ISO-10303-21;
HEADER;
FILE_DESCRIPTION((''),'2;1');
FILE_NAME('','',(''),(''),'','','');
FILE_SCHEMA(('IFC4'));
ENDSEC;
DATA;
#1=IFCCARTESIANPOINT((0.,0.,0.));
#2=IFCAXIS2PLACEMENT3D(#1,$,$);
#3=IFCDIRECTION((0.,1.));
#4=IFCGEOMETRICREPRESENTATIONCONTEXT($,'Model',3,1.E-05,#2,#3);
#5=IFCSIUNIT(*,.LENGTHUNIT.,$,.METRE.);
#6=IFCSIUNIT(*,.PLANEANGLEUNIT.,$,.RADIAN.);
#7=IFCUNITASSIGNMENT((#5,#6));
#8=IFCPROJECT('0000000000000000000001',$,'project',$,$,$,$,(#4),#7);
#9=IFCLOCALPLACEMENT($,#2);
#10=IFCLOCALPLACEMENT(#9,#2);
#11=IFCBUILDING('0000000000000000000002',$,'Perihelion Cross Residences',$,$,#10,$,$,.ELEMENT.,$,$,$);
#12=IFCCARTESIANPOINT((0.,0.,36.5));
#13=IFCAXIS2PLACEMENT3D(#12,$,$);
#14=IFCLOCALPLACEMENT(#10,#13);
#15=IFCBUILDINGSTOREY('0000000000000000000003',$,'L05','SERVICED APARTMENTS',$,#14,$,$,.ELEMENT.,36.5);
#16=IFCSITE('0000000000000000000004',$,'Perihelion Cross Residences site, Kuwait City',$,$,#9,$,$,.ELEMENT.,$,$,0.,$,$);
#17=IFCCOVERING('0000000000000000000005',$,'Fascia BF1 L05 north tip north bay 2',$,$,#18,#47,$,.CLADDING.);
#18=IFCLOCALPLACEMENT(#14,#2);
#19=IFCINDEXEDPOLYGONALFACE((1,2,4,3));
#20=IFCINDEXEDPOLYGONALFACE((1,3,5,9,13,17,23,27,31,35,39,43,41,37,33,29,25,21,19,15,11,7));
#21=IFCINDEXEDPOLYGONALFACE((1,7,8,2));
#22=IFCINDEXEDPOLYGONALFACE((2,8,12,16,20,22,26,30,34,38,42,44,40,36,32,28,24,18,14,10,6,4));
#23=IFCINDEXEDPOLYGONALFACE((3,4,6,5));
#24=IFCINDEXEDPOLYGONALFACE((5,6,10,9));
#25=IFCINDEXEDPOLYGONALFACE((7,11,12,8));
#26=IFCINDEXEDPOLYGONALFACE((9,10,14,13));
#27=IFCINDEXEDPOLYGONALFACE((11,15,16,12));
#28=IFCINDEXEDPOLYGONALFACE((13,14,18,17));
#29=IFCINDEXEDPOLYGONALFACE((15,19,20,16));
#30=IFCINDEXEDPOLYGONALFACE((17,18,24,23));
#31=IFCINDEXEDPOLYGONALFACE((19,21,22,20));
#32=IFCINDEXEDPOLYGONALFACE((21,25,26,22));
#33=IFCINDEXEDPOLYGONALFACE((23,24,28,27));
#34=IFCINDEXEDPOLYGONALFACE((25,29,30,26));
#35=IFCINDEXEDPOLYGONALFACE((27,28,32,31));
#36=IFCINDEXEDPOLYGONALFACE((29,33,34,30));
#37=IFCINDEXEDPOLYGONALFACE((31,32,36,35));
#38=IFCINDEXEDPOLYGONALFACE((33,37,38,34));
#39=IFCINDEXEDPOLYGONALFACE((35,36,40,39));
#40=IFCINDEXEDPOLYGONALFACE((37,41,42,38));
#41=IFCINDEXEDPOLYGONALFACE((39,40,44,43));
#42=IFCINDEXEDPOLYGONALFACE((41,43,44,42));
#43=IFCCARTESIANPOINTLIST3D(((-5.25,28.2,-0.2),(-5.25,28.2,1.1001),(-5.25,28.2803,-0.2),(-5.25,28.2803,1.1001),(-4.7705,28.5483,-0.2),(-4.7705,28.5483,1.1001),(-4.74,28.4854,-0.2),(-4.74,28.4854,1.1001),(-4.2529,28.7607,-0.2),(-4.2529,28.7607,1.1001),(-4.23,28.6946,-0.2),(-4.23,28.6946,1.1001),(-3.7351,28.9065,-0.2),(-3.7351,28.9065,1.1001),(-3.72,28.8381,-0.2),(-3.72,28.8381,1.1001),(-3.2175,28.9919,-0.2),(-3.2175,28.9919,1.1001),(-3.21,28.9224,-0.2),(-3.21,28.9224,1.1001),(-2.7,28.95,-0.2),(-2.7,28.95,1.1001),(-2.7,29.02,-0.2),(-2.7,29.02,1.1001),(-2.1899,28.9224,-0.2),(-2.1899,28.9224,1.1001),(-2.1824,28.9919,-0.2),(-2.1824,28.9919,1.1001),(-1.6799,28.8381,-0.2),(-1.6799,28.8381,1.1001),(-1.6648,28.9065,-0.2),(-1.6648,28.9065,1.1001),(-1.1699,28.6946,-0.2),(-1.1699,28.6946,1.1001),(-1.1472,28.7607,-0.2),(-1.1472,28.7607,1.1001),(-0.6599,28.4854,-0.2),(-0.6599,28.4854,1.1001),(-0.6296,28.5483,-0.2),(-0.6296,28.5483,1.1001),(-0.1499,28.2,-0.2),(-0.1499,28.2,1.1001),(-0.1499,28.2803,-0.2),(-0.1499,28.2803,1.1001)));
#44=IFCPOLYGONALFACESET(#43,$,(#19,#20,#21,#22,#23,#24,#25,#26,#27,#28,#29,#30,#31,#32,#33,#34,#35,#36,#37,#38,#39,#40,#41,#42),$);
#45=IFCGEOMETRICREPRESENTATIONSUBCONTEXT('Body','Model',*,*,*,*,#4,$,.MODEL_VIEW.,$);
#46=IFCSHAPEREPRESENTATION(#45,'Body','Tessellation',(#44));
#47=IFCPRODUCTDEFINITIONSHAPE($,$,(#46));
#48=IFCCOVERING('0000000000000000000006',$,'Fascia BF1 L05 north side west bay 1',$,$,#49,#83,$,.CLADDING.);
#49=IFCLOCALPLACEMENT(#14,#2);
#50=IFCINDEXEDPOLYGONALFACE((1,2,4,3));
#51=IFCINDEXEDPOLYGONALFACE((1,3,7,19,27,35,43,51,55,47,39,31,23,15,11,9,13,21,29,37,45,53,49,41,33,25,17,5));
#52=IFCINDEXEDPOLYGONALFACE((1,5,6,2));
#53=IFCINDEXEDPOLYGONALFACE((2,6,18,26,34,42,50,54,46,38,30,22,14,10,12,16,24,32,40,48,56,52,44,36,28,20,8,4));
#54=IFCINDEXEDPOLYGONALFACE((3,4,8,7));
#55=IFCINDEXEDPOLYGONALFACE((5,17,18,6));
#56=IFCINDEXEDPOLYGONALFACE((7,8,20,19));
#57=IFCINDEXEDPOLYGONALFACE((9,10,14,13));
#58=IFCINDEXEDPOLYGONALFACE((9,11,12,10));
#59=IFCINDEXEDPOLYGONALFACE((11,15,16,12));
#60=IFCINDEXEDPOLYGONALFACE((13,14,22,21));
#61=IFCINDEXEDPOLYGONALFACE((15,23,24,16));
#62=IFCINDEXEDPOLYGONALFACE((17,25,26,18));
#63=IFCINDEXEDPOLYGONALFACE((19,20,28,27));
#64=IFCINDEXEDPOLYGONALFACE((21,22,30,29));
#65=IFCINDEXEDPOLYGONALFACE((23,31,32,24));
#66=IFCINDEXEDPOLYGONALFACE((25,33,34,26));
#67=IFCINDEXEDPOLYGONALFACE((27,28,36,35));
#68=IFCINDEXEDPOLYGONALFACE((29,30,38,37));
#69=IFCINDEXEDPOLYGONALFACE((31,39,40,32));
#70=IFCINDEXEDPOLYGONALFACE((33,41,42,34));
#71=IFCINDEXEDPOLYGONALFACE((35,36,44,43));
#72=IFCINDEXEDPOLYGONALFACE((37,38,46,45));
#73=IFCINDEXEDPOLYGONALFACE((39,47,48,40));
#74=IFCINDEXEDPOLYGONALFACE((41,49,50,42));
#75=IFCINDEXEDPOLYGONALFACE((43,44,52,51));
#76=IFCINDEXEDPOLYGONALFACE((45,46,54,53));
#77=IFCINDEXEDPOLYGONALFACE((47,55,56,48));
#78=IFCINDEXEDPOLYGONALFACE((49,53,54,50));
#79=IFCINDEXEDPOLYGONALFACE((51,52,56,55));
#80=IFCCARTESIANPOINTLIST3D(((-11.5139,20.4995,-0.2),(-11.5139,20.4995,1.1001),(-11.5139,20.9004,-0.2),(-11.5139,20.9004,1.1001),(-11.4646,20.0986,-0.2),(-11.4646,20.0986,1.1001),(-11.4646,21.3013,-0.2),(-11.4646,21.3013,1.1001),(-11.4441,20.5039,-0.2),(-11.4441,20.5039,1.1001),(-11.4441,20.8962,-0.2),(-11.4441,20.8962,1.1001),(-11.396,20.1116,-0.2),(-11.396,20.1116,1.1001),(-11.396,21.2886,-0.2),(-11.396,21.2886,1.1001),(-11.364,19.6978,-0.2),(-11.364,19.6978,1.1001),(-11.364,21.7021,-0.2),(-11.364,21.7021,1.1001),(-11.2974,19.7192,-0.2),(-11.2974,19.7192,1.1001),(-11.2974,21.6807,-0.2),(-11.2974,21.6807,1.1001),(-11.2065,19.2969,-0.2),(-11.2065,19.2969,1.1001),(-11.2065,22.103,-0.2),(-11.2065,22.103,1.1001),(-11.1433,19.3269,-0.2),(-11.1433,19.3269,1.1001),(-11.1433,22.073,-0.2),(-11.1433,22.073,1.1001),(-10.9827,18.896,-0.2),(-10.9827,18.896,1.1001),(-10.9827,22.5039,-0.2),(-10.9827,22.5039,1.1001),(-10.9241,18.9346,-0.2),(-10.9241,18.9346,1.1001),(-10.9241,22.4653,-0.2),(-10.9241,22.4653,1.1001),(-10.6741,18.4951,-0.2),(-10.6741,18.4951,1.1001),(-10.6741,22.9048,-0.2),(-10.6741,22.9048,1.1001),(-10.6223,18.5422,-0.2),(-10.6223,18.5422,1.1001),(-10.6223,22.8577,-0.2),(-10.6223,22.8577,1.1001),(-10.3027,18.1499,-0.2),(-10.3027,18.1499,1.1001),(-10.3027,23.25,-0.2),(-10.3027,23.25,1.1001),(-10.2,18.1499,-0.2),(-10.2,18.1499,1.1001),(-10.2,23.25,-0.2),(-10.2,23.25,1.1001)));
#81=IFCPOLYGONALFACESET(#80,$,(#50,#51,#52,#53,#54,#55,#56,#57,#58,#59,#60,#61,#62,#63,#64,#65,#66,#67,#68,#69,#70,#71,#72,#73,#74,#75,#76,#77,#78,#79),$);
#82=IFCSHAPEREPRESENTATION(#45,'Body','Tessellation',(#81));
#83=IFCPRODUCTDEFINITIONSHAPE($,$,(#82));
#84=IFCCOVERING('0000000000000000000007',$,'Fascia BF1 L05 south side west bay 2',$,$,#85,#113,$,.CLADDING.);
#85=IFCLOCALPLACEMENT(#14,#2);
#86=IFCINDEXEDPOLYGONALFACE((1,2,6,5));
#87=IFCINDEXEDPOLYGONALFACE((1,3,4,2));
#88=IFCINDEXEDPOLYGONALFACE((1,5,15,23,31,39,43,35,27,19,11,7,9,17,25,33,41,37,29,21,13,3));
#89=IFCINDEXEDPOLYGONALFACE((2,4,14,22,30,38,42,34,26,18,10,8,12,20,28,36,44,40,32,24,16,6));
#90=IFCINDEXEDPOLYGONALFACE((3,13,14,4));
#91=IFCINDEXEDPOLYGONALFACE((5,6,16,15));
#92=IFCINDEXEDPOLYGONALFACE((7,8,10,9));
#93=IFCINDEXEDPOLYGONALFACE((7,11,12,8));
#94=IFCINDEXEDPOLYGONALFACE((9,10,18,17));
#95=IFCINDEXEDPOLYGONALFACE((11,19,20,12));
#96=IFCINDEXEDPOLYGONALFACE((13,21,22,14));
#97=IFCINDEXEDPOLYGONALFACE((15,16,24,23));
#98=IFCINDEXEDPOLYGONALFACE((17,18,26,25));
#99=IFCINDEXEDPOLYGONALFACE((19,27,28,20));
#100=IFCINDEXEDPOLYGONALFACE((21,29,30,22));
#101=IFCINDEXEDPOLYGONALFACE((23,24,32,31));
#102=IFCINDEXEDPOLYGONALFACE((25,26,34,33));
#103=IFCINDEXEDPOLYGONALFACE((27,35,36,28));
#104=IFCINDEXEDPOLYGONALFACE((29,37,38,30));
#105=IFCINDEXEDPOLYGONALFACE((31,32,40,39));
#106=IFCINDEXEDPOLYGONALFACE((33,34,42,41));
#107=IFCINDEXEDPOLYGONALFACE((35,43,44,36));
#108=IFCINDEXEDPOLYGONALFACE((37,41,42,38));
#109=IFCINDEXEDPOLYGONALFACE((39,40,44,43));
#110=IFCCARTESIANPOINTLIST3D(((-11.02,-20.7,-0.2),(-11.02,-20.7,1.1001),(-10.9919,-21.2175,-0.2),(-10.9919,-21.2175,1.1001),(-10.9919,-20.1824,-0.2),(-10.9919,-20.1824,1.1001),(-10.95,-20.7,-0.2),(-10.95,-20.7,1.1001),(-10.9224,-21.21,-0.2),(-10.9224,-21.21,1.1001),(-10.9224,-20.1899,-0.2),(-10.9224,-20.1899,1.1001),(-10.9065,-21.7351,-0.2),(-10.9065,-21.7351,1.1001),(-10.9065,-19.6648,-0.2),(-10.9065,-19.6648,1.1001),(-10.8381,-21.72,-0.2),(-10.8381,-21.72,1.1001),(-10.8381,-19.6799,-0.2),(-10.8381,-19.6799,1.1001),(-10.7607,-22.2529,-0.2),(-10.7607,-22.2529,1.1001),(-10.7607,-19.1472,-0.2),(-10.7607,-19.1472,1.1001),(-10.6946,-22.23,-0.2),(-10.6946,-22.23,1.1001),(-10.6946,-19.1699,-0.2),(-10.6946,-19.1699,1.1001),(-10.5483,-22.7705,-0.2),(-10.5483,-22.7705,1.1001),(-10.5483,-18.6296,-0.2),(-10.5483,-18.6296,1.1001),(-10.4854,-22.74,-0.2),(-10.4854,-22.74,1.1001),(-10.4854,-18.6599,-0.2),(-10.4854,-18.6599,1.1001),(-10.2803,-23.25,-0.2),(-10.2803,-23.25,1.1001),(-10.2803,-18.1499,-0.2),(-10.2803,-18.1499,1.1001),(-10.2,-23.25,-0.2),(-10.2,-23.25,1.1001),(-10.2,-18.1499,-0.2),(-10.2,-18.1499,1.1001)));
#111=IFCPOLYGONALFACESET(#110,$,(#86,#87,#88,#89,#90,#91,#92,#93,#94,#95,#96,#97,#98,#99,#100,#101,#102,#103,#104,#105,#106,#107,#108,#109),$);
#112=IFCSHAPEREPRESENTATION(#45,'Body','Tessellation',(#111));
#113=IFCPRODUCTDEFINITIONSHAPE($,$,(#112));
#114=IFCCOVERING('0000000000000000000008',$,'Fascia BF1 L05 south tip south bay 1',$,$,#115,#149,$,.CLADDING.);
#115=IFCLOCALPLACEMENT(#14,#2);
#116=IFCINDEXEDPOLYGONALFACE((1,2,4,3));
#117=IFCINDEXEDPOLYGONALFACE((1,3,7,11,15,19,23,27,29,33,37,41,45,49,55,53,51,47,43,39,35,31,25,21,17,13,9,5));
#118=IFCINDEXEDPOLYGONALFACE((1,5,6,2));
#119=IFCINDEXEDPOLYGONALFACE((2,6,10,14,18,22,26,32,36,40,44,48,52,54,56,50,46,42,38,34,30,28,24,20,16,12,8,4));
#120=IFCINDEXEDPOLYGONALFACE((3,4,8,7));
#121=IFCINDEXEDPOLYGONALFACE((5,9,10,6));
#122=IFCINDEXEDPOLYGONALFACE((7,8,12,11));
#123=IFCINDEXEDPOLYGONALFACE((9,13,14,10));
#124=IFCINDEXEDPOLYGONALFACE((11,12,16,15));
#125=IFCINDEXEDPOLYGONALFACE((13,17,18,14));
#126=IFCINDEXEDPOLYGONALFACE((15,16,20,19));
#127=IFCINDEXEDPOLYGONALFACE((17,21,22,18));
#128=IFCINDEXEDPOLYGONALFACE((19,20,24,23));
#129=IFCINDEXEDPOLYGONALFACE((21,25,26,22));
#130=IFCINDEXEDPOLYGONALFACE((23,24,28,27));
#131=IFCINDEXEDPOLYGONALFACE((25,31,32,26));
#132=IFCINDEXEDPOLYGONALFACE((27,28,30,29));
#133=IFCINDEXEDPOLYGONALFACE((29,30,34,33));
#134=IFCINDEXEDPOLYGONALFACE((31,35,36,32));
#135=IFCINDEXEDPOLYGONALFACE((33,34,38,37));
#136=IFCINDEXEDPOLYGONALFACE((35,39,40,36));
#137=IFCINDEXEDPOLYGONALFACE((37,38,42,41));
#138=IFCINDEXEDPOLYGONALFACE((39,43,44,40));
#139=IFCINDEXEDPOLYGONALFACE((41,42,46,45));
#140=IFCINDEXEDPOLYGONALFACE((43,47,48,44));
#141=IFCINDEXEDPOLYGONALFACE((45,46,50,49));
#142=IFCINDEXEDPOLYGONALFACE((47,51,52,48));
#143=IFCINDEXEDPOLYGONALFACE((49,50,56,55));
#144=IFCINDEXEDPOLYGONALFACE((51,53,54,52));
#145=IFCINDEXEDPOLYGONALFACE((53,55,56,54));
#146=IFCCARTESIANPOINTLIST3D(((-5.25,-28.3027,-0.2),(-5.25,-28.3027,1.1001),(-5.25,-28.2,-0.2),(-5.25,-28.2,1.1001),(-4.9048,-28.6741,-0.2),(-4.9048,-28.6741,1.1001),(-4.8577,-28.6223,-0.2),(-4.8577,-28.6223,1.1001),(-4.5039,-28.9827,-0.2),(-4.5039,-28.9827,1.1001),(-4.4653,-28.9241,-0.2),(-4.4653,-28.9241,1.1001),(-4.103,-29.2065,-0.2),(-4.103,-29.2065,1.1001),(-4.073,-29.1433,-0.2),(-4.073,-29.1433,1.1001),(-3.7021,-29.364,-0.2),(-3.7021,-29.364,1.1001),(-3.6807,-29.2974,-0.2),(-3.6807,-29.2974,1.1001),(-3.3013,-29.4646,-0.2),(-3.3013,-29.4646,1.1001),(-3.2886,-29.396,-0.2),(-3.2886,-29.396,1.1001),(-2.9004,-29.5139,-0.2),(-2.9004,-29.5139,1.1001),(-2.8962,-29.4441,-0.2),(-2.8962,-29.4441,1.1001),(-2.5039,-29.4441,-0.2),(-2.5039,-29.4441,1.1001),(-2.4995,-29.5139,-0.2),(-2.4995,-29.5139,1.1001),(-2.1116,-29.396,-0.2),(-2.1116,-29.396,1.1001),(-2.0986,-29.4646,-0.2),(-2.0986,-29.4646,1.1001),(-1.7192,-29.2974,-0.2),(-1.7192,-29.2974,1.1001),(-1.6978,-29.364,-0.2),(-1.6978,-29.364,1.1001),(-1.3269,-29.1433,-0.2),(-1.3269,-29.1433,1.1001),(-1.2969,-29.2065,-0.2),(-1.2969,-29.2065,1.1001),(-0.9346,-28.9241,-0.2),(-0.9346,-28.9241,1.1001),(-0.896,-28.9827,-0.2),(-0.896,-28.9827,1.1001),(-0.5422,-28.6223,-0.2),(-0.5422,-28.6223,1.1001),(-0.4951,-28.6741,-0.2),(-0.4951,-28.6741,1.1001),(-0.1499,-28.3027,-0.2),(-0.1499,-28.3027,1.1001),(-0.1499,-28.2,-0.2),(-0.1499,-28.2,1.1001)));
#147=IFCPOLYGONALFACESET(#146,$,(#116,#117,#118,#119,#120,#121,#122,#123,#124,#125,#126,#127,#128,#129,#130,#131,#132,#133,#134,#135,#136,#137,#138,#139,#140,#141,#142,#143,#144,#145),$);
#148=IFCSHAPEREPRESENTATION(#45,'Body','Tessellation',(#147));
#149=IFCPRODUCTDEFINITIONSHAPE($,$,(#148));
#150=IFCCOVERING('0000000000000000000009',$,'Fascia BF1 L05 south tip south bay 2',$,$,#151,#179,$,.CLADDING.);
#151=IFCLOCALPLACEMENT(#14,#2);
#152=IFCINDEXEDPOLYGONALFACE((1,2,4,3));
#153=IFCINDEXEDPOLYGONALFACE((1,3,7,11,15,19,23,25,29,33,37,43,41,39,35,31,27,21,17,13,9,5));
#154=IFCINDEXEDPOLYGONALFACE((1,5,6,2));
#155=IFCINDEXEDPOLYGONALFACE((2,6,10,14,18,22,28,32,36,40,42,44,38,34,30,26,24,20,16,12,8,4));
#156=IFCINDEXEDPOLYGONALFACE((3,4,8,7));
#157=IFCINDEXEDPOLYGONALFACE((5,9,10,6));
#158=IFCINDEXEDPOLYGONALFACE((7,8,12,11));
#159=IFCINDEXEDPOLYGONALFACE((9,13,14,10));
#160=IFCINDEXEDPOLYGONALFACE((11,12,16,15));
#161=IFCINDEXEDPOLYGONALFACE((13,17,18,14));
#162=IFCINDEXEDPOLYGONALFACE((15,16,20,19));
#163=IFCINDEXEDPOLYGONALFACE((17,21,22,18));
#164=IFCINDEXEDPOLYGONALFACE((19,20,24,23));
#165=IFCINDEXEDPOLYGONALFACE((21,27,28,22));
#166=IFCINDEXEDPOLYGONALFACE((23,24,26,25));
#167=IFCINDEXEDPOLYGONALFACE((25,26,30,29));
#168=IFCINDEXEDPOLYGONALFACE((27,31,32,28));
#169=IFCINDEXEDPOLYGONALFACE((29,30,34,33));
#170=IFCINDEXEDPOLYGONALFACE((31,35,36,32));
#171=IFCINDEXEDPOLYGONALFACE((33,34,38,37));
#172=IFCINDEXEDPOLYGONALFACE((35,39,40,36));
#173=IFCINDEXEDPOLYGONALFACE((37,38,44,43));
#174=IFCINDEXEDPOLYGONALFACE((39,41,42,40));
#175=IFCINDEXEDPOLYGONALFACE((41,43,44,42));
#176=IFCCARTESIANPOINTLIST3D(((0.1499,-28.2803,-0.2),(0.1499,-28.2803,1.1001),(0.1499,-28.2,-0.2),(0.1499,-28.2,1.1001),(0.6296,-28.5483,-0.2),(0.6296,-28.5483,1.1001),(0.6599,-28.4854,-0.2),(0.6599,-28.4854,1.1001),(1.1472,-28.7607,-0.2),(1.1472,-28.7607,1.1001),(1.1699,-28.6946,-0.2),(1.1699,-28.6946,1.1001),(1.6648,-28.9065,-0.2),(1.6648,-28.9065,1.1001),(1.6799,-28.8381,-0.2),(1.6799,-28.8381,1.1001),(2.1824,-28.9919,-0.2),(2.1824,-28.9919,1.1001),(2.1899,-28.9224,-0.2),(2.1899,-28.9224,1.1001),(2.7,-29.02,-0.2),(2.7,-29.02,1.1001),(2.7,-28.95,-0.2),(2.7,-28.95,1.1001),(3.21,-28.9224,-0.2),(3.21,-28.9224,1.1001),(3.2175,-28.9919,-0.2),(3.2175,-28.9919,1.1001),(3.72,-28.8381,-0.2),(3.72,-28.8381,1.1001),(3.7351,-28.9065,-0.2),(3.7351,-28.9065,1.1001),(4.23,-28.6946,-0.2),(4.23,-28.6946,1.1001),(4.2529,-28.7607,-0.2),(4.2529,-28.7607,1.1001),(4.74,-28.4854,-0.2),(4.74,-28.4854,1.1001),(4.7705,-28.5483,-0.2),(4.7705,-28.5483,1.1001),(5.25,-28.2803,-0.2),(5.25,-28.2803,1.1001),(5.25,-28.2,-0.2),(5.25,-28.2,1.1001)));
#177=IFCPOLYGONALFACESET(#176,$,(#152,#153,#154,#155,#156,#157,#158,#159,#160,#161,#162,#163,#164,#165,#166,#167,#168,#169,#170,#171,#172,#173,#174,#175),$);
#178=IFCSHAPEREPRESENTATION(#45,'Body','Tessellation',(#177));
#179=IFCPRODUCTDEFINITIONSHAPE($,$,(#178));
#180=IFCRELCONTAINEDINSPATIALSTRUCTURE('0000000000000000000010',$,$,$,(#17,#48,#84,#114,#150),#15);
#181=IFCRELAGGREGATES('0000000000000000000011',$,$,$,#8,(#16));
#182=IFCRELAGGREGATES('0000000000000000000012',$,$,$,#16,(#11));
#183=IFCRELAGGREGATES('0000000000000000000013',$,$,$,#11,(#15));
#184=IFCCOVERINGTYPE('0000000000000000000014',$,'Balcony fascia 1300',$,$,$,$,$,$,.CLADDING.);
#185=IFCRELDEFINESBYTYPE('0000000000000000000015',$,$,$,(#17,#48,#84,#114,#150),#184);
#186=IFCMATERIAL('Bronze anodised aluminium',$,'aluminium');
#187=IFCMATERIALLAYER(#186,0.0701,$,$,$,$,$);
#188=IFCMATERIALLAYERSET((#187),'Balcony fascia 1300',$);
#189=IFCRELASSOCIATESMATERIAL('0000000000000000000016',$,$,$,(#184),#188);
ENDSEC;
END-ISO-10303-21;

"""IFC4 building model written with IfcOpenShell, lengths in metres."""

from ifc_helpers import new_model, si_unit, direction, frame, origin, place, context, subcontext, project, spatial, polyline, outline, extrude, material, layer, layer_set, type_object, element, save


model = new_model("IFC4")

# Units and contexts
model_context = context("Model", 3, precision=1e-05, world=origin(), true_north=direction((0.0, 1.0)))
body_context = subcontext(model_context, "Body", "Model", "MODEL_VIEW")
ifc_project = project(units=[si_unit("LENGTHUNIT", "METRE"), si_unit("PLANEANGLEUNIT", "RADIAN")], contexts=[model_context])

# Site, building, storey
site_placement = place(None, origin())
site = spatial("IfcSite", under=ifc_project, at=site_placement, Name="Perihelion Cross Residences site, Kuwait City", CompositionType="ELEMENT", RefElevation=0.0)
building_placement = place(site_placement, origin())
building = spatial("IfcBuilding", under=site, at=building_placement, Name="Perihelion Cross Residences", CompositionType="ELEMENT")
storey_placement = place(building_placement, frame((0.0, 0.0, 36.5)))
storey = spatial("IfcBuildingStorey", under=building, at=storey_placement, Name="L05", Description="SERVICED APARTMENTS", CompositionType="ELEMENT", Elevation=36.5)

# Coverings
ifc_material_1 = material(Name="Bronze anodised aluminium", Category="aluminium")
ifc_layer_1 = layer(ifc_material_1, 0.0701)
ifc_layer_set_1 = layer_set([ifc_layer_1], Name="Balcony fascia 1300")
covering_type_1 = type_object("IfcCoveringType", Name="Balcony fascia 1300", PredefinedType="CLADDING", material=ifc_layer_set_1)
covering_1_placement = place(storey_placement, frame((0.0, 0.0, -0.2)))
element("IfcCovering", 1, at=covering_1_placement, inside=storey, type_object=covering_type_1, Name="Fascia BF1 L05 north tip north bay 2", PredefinedType="CLADDING", context=body_context, shape_type="SweptSolid", body=[
    extrude(outline(polyline([(-0.6296, 28.5483), (-1.1472, 28.7607), (-1.6648, 28.9065), (-2.1824, 28.9919), (-2.7, 29.02), (-3.2175, 28.9919), (-3.7351, 28.9065), (-4.2529, 28.7607), (-4.7705, 28.5483), (-5.25, 28.2803), (-5.25, 28.2), (-4.74, 28.4854), (-4.23, 28.6946), (-3.72, 28.8381), (-3.21, 28.9224), (-2.7, 28.95), (-2.1899, 28.9224), (-1.6799, 28.8381), (-1.1699, 28.6946), (-0.6599, 28.4854), (-0.1499, 28.2), (-0.1499, 28.2803), (-0.6296, 28.5483)])), origin(), (0.0, 0.0, 1.0), 1.3),
])
covering_2_placement = place(storey_placement, frame((0.0, 0.0, -0.2)))
element("IfcCovering", 2, at=covering_2_placement, inside=storey, type_object=covering_type_1, Name="Fascia BF1 L05 north side west bay 1", PredefinedType="CLADDING", context=body_context, shape_type="SweptSolid", body=[
    extrude(outline(polyline([(-10.6741, 22.9048), (-10.9827, 22.5039), (-11.2065, 22.103), (-11.364, 21.7021), (-11.4646, 21.3013), (-11.5139, 20.9004), (-11.5139, 20.4995), (-11.4646, 20.0986), (-11.364, 19.6978), (-11.2065, 19.2969), (-10.9827, 18.896), (-10.6741, 18.4951), (-10.3027, 18.1499), (-10.2, 18.1499), (-10.6223, 18.5422), (-10.9241, 18.9346), (-11.1433, 19.3269), (-11.2974, 19.7192), (-11.396, 20.1116), (-11.4441, 20.5039), (-11.4441, 20.8962), (-11.396, 21.2886), (-11.2974, 21.6807), (-11.1433, 22.073), (-10.9241, 22.4653), (-10.6223, 22.8577), (-10.2, 23.25), (-10.3027, 23.25), (-10.6741, 22.9048)])), origin(), (0.0, 0.0, 1.0), 1.3),
])
covering_3_placement = place(storey_placement, frame((0.0, 0.0, -0.2)))
element("IfcCovering", 3, at=covering_3_placement, inside=storey, type_object=covering_type_1, Name="Fascia BF1 L05 south side west bay 2", PredefinedType="CLADDING", context=body_context, shape_type="SweptSolid", body=[
    extrude(outline(polyline([(-10.5483, -18.6296), (-10.7607, -19.1472), (-10.9065, -19.6648), (-10.9919, -20.1824), (-11.02, -20.7), (-10.9919, -21.2175), (-10.9065, -21.7351), (-10.7607, -22.2529), (-10.5483, -22.7705), (-10.2803, -23.25), (-10.2, -23.25), (-10.4854, -22.74), (-10.6946, -22.23), (-10.8381, -21.72), (-10.9224, -21.21), (-10.95, -20.7), (-10.9224, -20.1899), (-10.8381, -19.6799), (-10.6946, -19.1699), (-10.4854, -18.6599), (-10.2, -18.1499), (-10.2803, -18.1499), (-10.5483, -18.6296)])), origin(), (0.0, 0.0, 1.0), 1.3),
])
covering_4_placement = place(storey_placement, frame((0.0, 0.0, -0.2)))
element("IfcCovering", 4, at=covering_4_placement, inside=storey, type_object=covering_type_1, Name="Fascia BF1 L05 south tip south bay 1", PredefinedType="CLADDING", context=body_context, shape_type="SweptSolid", body=[
    extrude(outline(polyline([(-4.9048, -28.6741), (-4.5039, -28.9827), (-4.103, -29.2065), (-3.7021, -29.364), (-3.3013, -29.4646), (-2.9004, -29.5139), (-2.4995, -29.5139), (-2.0986, -29.4646), (-1.6978, -29.364), (-1.2969, -29.2065), (-0.896, -28.9827), (-0.4951, -28.6741), (-0.1499, -28.3027), (-0.1499, -28.2), (-0.5422, -28.6223), (-0.9346, -28.9241), (-1.3269, -29.1433), (-1.7192, -29.2974), (-2.1116, -29.396), (-2.5039, -29.4441), (-2.8962, -29.4441), (-3.2886, -29.396), (-3.6807, -29.2974), (-4.073, -29.1433), (-4.4653, -28.9241), (-4.8577, -28.6223), (-5.25, -28.2), (-5.25, -28.3027), (-4.9048, -28.6741)])), origin(), (0.0, 0.0, 1.0), 1.3),
])
covering_5_placement = place(storey_placement, frame((0.0, 0.0, -0.2)))
element("IfcCovering", 5, at=covering_5_placement, inside=storey, type_object=covering_type_1, Name="Fascia BF1 L05 south tip south bay 2", PredefinedType="CLADDING", context=body_context, shape_type="SweptSolid", body=[
    extrude(outline(polyline([(0.6296, -28.5483), (1.1472, -28.7607), (1.6648, -28.9065), (2.1824, -28.9919), (2.7, -29.02), (3.2175, -28.9919), (3.7351, -28.9065), (4.2529, -28.7607), (4.7705, -28.5483), (5.25, -28.2803), (5.25, -28.2), (4.74, -28.4854), (4.23, -28.6946), (3.72, -28.8381), (3.21, -28.9224), (2.7, -28.95), (2.1899, -28.9224), (1.6799, -28.8381), (1.1699, -28.6946), (0.6599, -28.4854), (0.1499, -28.2), (0.1499, -28.2803), (0.6296, -28.5483)])), origin(), (0.0, 0.0, 1.0), 1.3),
])

save(model, "model.ifc")
